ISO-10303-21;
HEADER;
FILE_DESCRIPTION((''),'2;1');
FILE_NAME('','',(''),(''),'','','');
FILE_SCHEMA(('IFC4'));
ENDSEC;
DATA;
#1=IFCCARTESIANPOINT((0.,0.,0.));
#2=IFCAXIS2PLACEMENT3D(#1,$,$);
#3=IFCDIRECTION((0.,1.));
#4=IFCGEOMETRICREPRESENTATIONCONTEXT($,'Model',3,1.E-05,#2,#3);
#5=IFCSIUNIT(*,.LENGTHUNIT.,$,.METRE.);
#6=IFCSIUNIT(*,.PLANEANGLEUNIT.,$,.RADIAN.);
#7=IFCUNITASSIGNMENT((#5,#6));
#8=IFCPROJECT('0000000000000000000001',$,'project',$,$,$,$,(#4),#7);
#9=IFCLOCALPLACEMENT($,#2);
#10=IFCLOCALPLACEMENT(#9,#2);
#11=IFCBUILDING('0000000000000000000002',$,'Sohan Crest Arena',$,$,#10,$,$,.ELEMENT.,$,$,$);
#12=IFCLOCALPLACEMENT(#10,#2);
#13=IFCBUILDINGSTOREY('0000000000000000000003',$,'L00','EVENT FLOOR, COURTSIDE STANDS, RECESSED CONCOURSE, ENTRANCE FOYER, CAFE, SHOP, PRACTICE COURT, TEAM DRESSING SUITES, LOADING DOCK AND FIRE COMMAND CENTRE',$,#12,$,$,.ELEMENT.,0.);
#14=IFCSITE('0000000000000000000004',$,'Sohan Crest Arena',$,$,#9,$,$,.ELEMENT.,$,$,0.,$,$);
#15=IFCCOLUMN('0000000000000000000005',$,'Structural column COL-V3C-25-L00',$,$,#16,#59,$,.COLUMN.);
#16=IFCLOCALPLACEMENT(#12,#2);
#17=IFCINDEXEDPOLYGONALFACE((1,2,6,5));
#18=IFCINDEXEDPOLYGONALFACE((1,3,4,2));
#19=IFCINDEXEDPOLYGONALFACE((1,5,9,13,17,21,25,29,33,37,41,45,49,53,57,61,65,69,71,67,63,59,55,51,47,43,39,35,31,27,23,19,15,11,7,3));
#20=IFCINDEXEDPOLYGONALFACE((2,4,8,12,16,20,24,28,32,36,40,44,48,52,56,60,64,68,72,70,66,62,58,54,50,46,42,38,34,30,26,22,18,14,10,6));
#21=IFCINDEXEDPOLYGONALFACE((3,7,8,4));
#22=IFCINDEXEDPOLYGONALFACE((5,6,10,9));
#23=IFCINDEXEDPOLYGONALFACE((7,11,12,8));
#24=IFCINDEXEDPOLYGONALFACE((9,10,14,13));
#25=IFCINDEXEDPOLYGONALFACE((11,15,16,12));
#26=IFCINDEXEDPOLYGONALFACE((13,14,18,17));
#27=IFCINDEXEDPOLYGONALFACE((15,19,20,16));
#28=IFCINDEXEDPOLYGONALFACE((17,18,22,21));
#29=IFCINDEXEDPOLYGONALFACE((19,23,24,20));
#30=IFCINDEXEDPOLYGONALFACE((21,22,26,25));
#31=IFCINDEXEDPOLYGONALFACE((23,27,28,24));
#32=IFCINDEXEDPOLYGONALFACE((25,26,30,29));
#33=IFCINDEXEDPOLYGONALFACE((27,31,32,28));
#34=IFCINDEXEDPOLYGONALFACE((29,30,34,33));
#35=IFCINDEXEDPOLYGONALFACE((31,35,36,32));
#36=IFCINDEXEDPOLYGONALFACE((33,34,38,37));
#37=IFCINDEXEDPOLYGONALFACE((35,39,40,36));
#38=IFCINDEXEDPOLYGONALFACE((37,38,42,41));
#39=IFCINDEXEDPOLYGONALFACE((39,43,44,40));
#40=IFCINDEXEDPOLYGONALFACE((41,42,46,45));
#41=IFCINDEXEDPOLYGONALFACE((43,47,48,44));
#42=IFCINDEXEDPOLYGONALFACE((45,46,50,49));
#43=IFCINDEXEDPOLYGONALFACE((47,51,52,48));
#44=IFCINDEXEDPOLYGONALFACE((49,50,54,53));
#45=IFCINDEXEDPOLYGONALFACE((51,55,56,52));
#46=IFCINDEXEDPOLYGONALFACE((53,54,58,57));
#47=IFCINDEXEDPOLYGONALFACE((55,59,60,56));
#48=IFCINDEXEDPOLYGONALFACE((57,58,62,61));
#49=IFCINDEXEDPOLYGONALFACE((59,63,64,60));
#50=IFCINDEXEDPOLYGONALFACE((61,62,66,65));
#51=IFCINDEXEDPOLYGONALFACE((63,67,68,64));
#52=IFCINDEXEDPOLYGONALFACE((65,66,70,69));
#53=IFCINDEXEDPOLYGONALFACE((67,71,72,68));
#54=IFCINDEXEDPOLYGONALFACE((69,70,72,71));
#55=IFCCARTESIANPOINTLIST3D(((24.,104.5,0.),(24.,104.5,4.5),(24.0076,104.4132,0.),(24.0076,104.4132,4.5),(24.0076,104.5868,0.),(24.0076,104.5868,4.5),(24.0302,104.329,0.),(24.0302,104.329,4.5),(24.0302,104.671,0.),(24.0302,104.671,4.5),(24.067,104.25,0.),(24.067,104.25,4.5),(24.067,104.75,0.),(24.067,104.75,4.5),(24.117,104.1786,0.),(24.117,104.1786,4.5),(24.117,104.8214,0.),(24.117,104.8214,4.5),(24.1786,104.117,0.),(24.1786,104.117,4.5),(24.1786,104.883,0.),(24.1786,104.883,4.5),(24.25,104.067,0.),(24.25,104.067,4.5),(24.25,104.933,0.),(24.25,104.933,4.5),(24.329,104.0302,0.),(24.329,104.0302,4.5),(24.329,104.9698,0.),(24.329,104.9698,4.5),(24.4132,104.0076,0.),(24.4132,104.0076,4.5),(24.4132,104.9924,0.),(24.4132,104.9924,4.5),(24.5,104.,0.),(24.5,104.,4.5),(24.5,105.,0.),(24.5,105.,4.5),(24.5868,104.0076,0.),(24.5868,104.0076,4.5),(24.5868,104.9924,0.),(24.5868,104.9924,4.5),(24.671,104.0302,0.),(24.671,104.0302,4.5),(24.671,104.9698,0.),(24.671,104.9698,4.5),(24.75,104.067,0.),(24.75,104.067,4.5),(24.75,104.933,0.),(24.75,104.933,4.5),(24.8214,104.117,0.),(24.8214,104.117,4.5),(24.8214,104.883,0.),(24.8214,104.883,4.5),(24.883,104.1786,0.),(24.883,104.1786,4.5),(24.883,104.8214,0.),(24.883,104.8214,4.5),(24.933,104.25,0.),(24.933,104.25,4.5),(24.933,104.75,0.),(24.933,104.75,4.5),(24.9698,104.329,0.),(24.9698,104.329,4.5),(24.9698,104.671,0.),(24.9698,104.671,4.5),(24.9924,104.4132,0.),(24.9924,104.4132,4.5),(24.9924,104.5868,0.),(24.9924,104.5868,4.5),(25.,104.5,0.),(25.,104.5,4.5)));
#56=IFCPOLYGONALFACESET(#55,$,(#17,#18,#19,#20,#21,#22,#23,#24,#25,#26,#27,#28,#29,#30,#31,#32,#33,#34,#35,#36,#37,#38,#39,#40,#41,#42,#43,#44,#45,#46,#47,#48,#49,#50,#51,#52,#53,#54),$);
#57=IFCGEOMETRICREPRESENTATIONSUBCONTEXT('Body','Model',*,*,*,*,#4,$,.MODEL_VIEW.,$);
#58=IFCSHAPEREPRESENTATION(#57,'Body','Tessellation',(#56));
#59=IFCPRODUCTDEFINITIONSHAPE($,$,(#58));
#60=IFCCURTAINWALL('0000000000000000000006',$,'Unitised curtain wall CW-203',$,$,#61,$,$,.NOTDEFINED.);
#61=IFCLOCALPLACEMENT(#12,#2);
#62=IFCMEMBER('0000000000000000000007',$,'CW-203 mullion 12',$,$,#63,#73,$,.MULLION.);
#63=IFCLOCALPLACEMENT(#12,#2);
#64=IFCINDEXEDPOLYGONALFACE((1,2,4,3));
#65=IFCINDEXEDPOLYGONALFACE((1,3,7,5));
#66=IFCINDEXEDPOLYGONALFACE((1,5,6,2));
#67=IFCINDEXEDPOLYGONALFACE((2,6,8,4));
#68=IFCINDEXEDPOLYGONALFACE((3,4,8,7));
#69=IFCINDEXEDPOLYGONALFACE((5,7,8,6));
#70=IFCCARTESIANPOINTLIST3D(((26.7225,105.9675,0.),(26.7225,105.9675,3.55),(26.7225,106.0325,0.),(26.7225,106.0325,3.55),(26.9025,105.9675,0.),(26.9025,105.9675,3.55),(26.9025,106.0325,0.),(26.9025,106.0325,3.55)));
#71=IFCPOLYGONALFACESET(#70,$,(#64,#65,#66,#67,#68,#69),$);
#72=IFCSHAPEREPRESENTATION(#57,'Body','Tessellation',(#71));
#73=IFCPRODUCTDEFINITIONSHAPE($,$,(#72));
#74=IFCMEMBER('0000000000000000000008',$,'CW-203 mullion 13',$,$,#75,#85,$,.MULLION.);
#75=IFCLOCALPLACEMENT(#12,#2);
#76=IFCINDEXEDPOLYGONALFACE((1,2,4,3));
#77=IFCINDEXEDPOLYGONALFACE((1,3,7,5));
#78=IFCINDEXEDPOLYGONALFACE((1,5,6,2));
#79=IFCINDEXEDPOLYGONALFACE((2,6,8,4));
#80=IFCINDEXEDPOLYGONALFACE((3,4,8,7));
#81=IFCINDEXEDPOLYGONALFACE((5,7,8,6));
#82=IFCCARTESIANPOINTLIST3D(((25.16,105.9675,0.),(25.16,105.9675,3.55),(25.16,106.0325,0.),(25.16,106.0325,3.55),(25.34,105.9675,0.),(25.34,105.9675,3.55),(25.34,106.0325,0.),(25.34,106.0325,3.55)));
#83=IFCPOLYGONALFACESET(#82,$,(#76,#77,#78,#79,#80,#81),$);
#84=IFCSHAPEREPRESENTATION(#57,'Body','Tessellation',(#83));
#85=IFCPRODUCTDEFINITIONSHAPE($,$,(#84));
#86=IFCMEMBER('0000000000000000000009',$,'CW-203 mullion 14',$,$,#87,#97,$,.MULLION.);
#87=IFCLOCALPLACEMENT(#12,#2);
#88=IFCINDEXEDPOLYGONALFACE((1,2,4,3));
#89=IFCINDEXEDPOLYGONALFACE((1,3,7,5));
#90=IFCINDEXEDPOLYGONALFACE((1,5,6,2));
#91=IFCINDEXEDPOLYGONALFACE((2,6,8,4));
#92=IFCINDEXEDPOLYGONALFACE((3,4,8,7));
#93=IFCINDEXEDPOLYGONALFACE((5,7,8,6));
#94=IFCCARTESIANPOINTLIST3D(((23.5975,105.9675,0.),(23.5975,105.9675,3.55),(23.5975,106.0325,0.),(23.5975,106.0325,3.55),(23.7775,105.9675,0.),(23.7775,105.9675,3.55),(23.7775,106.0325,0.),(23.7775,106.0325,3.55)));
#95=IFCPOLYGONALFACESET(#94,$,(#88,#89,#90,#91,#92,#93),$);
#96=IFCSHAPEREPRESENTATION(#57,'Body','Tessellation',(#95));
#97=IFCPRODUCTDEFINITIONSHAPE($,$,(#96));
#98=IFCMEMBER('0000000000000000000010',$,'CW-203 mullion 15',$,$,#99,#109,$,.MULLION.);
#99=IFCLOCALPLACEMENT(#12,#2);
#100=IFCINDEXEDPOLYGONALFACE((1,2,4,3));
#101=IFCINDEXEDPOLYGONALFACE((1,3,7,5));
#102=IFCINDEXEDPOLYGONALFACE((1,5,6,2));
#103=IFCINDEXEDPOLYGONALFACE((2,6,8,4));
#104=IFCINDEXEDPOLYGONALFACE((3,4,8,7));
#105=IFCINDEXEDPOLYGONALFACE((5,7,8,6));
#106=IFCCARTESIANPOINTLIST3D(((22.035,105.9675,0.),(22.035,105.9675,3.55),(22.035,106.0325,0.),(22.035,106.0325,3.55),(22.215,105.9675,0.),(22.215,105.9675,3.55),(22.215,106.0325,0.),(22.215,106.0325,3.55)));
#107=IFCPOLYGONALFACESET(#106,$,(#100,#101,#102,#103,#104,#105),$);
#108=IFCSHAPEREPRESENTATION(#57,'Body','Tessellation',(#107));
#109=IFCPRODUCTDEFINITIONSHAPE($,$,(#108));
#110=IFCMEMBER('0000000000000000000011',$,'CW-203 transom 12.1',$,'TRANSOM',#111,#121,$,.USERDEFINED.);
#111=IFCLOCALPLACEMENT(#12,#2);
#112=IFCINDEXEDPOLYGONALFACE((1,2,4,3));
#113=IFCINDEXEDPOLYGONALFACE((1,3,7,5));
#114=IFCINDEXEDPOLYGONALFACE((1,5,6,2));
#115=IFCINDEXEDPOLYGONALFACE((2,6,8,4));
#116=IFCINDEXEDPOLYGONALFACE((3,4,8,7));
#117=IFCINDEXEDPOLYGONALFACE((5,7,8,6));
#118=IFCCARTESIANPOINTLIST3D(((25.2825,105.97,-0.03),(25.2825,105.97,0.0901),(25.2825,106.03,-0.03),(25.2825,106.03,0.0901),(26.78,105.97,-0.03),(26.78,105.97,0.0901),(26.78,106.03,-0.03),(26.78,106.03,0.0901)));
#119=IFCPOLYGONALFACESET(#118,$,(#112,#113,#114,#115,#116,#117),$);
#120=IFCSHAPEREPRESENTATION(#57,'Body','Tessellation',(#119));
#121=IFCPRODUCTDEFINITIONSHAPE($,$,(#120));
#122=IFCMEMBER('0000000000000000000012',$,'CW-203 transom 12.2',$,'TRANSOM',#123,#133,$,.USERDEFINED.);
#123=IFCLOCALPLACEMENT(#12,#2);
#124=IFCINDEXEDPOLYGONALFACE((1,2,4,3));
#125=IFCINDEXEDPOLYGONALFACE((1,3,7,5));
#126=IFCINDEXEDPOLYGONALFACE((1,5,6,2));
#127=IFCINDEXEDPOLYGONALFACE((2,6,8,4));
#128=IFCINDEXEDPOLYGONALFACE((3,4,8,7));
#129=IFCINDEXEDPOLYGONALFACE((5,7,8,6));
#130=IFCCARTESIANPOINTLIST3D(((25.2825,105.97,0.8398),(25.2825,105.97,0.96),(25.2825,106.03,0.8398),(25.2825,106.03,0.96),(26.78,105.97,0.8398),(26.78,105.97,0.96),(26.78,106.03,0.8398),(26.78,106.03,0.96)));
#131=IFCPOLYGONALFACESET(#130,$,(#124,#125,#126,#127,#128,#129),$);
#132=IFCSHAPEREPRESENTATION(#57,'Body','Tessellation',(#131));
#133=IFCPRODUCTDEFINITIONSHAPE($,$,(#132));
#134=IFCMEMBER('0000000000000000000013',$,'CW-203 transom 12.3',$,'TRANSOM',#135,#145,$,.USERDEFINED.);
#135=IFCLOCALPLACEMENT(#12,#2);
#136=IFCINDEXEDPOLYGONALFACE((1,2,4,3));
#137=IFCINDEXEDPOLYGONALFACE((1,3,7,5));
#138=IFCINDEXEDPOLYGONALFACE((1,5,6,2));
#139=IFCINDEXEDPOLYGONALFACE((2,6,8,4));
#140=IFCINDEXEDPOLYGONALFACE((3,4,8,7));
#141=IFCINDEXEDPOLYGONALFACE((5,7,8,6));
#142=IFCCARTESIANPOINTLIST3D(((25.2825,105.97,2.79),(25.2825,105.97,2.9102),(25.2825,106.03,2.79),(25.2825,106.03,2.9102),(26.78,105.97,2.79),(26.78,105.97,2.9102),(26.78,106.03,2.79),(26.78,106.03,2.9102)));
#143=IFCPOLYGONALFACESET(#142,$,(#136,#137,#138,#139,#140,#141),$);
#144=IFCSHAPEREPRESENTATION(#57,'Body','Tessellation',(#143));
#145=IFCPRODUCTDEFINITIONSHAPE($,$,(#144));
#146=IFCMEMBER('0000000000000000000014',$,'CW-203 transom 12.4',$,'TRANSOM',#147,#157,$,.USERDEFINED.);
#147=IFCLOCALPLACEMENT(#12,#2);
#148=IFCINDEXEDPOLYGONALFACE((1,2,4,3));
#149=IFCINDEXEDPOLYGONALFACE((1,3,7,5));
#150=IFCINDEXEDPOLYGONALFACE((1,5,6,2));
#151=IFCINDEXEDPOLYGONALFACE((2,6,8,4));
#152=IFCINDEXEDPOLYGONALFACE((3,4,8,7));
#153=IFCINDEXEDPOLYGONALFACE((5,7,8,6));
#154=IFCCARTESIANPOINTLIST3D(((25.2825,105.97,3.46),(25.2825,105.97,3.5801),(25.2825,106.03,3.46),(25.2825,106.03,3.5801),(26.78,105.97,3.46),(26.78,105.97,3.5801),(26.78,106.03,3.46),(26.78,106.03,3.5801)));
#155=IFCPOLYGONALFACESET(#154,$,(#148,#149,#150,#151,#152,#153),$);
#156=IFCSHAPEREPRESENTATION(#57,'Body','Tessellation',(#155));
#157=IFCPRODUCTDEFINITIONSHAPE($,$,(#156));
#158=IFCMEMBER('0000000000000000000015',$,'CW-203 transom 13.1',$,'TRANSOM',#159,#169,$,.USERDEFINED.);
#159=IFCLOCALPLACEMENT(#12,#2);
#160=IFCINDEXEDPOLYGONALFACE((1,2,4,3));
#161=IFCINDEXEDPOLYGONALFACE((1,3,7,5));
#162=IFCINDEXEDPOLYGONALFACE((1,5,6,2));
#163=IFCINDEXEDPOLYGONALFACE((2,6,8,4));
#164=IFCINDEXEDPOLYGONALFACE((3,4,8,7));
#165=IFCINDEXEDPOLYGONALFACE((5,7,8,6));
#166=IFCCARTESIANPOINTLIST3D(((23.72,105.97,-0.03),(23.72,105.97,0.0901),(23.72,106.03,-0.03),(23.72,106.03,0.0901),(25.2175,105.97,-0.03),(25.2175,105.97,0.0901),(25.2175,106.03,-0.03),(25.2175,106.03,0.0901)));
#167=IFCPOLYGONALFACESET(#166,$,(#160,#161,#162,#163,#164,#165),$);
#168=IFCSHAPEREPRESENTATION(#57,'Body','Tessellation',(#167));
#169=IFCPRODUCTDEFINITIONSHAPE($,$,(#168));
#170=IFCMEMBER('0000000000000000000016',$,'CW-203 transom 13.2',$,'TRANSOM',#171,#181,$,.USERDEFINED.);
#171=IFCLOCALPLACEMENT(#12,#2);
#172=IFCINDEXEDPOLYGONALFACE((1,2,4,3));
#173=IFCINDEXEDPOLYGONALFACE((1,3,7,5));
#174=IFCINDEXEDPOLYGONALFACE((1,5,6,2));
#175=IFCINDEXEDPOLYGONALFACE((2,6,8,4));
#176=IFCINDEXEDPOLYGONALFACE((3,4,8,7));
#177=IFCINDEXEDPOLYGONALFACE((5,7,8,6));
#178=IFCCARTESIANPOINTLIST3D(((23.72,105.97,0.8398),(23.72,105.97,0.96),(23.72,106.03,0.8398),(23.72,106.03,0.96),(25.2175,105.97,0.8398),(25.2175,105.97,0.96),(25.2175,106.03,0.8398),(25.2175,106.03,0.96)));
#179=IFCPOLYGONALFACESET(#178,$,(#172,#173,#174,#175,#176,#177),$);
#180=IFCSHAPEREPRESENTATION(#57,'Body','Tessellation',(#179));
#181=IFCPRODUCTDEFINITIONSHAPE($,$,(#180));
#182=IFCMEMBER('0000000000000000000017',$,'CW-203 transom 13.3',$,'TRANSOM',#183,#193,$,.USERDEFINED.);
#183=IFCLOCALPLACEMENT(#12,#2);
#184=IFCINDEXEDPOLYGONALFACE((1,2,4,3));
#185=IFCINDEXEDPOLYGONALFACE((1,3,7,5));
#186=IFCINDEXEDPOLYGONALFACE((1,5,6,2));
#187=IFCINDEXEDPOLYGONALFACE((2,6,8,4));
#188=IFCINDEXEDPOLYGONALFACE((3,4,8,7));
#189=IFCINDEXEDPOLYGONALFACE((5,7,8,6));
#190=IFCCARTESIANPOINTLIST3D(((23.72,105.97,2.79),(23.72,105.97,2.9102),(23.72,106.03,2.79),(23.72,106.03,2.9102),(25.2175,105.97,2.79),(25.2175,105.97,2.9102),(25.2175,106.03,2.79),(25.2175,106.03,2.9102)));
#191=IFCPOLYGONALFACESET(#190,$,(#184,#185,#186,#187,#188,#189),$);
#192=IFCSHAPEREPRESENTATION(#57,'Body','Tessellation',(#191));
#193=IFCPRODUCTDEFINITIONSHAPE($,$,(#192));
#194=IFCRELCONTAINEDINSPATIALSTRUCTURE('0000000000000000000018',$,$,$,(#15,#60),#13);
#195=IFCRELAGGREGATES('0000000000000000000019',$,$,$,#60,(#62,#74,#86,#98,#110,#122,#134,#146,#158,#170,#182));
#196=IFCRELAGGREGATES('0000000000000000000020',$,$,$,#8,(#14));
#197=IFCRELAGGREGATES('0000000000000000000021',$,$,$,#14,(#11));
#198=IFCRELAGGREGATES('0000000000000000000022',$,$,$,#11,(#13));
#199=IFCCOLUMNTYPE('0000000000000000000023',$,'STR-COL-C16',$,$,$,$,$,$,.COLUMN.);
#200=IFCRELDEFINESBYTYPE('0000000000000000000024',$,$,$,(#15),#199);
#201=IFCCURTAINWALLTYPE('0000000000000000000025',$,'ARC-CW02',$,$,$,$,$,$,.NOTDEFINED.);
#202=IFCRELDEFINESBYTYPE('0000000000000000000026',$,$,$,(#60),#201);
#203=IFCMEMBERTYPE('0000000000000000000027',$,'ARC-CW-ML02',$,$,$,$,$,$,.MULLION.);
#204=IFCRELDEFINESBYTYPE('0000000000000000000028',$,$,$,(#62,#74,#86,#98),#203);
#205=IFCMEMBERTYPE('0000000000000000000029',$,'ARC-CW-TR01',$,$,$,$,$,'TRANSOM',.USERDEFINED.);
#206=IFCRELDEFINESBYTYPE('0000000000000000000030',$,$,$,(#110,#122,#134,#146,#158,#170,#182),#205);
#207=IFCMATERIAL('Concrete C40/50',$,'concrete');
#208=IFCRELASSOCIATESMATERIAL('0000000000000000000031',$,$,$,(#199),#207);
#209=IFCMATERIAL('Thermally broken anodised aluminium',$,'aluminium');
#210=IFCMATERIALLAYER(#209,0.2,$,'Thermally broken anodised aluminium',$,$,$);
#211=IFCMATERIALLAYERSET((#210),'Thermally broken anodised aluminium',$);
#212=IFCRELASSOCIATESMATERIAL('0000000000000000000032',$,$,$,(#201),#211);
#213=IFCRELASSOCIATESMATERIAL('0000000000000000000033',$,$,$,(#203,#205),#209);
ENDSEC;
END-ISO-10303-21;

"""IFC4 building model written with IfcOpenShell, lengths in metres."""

from ifc_helpers import new_model, si_unit, direction, frame, origin, origin_2d, place, context, subcontext, project, spatial, rectangle, circle, extrude, material, layer, layer_set, material_profile, profile_set, type_object, element, aggregate, save


model = new_model("IFC4")

# Units and contexts
model_context = context("Model", 3, precision=1e-05, world=origin(), true_north=direction((0.0, 1.0)))
body_context = subcontext(model_context, "Body", "Model", "MODEL_VIEW")
ifc_project = project(units=[si_unit("LENGTHUNIT", "METRE"), si_unit("PLANEANGLEUNIT", "RADIAN")], contexts=[model_context])

# Site, building, storey
site_placement = place(None, origin())
site = spatial("IfcSite", under=ifc_project, at=site_placement, Name="Sohan Crest Arena", CompositionType="ELEMENT", RefElevation=0.0)
building_placement = place(site_placement, origin())
building = spatial("IfcBuilding", under=site, at=building_placement, Name="Sohan Crest Arena", CompositionType="ELEMENT")
storey_placement = place(building_placement, origin())
storey = spatial("IfcBuildingStorey", under=building, at=storey_placement, Name="L00", Description="EVENT FLOOR, COURTSIDE STANDS, RECESSED CONCOURSE, ENTRANCE FOYER, CAFE, SHOP, PRACTICE COURT, TEAM DRESSING SUITES, LOADING DOCK AND FIRE COMMAND CENTRE", CompositionType="ELEMENT", Elevation=0.0)

# Column
ifc_material_1 = material(Name="Concrete C40/50", Category="concrete")
ifc_material_profile_1 = material_profile(ifc_material_1, circle(Radius=0.5, at=origin_2d()), Name="RC D1000")
ifc_profile_set_1 = profile_set([ifc_material_profile_1], Name="Concrete C40/50")
column_type = type_object("IfcColumnType", Name="STR-COL-C16", PredefinedType="COLUMN", material=ifc_profile_set_1)
column_placement = place(storey_placement, frame((24.5, 104.5, 0.0), z_axis=(0.0, 0.0, 1.0), x_axis=(1.0, 0.0, 0.0)))
element("IfcColumn", 1, at=column_placement, inside=storey, type_object=column_type, Name="Structural column COL-V3C-25-L00", PredefinedType="COLUMN", context=body_context, shape_type="SweptSolid", body=[
    extrude(circle(Radius=0.5, at=origin_2d()), origin(), (0.0, 0.0, 1.0), 4.5),
])

# Curtain wall, members
ifc_material_2 = material(Name="Thermally broken anodised aluminium", Category="aluminium")
ifc_layer_1 = layer(ifc_material_2, 0.2, Name="Thermally broken anodised aluminium")
ifc_layer_set_1 = layer_set([ifc_layer_1], Name="Thermally broken anodised aluminium")
curtain_wall_type = type_object("IfcCurtainWallType", Name="ARC-CW02", PredefinedType="NOTDEFINED", material=ifc_layer_set_1)
curtain_wall_placement = place(storey_placement, origin())
curtain_wall = element("IfcCurtainWall", 2, at=curtain_wall_placement, inside=storey, type_object=curtain_wall_type, Name="Unitised curtain wall CW-203", PredefinedType="NOTDEFINED")
ifc_material_profile_2 = material_profile(ifc_material_2, rectangle(XDim=0.0649, YDim=0.1799, at=origin_2d()), Name="ALU-MULL 65x180")
ifc_profile_set_2 = profile_set([ifc_material_profile_2], Name="Thermally broken anodised aluminium")
member_type_1 = type_object("IfcMemberType", Name="ARC-CW-ML02", PredefinedType="MULLION", material=ifc_profile_set_2)
member_1_placement = place(storey_placement, frame((26.8125, 106.0, 0.0), z_axis=(0.0, 0.0, 1.0), x_axis=(0.0, -1.0, 0.0)))
member_1 = element("IfcMember", 3, at=member_1_placement, type_object=member_type_1, Name="CW-203 mullion 12", PredefinedType="MULLION", context=body_context, shape_type="SweptSolid", body=[
    extrude(rectangle(XDim=0.0649, YDim=0.1799, at=origin_2d()), origin(), (0.0, 0.0, 1.0), 3.55),
])
member_2_placement = place(storey_placement, frame((25.25, 106.0, 0.0), z_axis=(0.0, 0.0, 1.0), x_axis=(0.0, -1.0, 0.0)))
member_2 = element("IfcMember", 4, at=member_2_placement, type_object=member_type_1, Name="CW-203 mullion 13", PredefinedType="MULLION", context=body_context, shape_type="SweptSolid", body=[
    extrude(rectangle(XDim=0.0649, YDim=0.1799, at=origin_2d()), origin(), (0.0, 0.0, 1.0), 3.55),
])
member_3_placement = place(storey_placement, frame((23.6875, 106.0, 0.0), z_axis=(0.0, 0.0, 1.0), x_axis=(0.0, -1.0, 0.0)))
member_3 = element("IfcMember", 5, at=member_3_placement, type_object=member_type_1, Name="CW-203 mullion 14", PredefinedType="MULLION", context=body_context, shape_type="SweptSolid", body=[
    extrude(rectangle(XDim=0.0649, YDim=0.1799, at=origin_2d()), origin(), (0.0, 0.0, 1.0), 3.55),
])
member_4_placement = place(storey_placement, frame((22.125, 106.0, 0.0), z_axis=(0.0, 0.0, 1.0), x_axis=(0.0, -1.0, 0.0)))
member_4 = element("IfcMember", 6, at=member_4_placement, type_object=member_type_1, Name="CW-203 mullion 15", PredefinedType="MULLION", context=body_context, shape_type="SweptSolid", body=[
    extrude(rectangle(XDim=0.0649, YDim=0.1799, at=origin_2d()), origin(), (0.0, 0.0, 1.0), 3.55),
])
ifc_material_profile_3 = material_profile(ifc_material_2, rectangle(XDim=0.0601, YDim=0.1201, at=origin_2d()), Name="ALU-TRAN 60x120")
ifc_profile_set_3 = profile_set([ifc_material_profile_3], Name="Thermally broken anodised aluminium")
member_type_2 = type_object("IfcMemberType", Name="ARC-CW-TR01", ElementType="TRANSOM", PredefinedType="USERDEFINED", material=ifc_profile_set_3)
member_5_placement = place(storey_placement, frame((26.78, 106.0, 0.03), z_axis=(-1.0, 0.0, 0.0), x_axis=(0.0, -1.0, 0.0)))
member_5 = element("IfcMember", 7, at=member_5_placement, type_object=member_type_2, Name="CW-203 transom 12.1", ObjectType="TRANSOM", PredefinedType="USERDEFINED", context=body_context, shape_type="SweptSolid", body=[
    extrude(rectangle(XDim=0.0601, YDim=0.1201, at=origin_2d()), origin(), (0.0, 0.0, 1.0), 1.4976),
])
member_6_placement = place(storey_placement, frame((26.78, 106.0, 0.8999), z_axis=(-1.0, 0.0, 0.0), x_axis=(0.0, -1.0, 0.0)))
member_6 = element("IfcMember", 8, at=member_6_placement, type_object=member_type_2, Name="CW-203 transom 12.2", ObjectType="TRANSOM", PredefinedType="USERDEFINED", context=body_context, shape_type="SweptSolid", body=[
    extrude(rectangle(XDim=0.0601, YDim=0.1201, at=origin_2d()), origin(), (0.0, 0.0, 1.0), 1.4976),
])
member_7_placement = place(storey_placement, frame((26.78, 106.0, 2.8501), z_axis=(-1.0, 0.0, 0.0), x_axis=(0.0, -1.0, 0.0)))
member_7 = element("IfcMember", 9, at=member_7_placement, type_object=member_type_2, Name="CW-203 transom 12.3", ObjectType="TRANSOM", PredefinedType="USERDEFINED", context=body_context, shape_type="SweptSolid", body=[
    extrude(rectangle(XDim=0.0601, YDim=0.1201, at=origin_2d()), origin(), (0.0, 0.0, 1.0), 1.4976),
])
member_8_placement = place(storey_placement, frame((26.78, 106.0, 3.52), z_axis=(-1.0, 0.0, 0.0), x_axis=(0.0, -1.0, 0.0)))
member_8 = element("IfcMember", 10, at=member_8_placement, type_object=member_type_2, Name="CW-203 transom 12.4", ObjectType="TRANSOM", PredefinedType="USERDEFINED", context=body_context, shape_type="SweptSolid", body=[
    extrude(rectangle(XDim=0.0601, YDim=0.1201, at=origin_2d()), origin(), (0.0, 0.0, 1.0), 1.4976),
])
member_9_placement = place(storey_placement, frame((25.2175, 106.0, 0.03), z_axis=(-1.0, 0.0, 0.0), x_axis=(0.0, -1.0, 0.0)))
member_9 = element("IfcMember", 11, at=member_9_placement, type_object=member_type_2, Name="CW-203 transom 13.1", ObjectType="TRANSOM", PredefinedType="USERDEFINED", context=body_context, shape_type="SweptSolid", body=[
    extrude(rectangle(XDim=0.0601, YDim=0.1201, at=origin_2d()), origin(), (0.0, 0.0, 1.0), 1.4976),
])
member_10_placement = place(storey_placement, frame((25.2175, 106.0, 0.8999), z_axis=(-1.0, 0.0, 0.0), x_axis=(0.0, -1.0, 0.0)))
member_10 = element("IfcMember", 12, at=member_10_placement, type_object=member_type_2, Name="CW-203 transom 13.2", ObjectType="TRANSOM", PredefinedType="USERDEFINED", context=body_context, shape_type="SweptSolid", body=[
    extrude(rectangle(XDim=0.0601, YDim=0.1201, at=origin_2d()), origin(), (0.0, 0.0, 1.0), 1.4976),
])
member_11_placement = place(storey_placement, frame((25.2175, 106.0, 2.8501), z_axis=(-1.0, 0.0, 0.0), x_axis=(0.0, -1.0, 0.0)))
member_11 = element("IfcMember", 13, at=member_11_placement, type_object=member_type_2, Name="CW-203 transom 13.3", ObjectType="TRANSOM", PredefinedType="USERDEFINED", context=body_context, shape_type="SweptSolid", body=[
    extrude(rectangle(XDim=0.0601, YDim=0.1201, at=origin_2d()), origin(), (0.0, 0.0, 1.0), 1.4976),
])

aggregate(curtain_wall, [member_1, member_2, member_3, member_4, member_5, member_6, member_7, member_8, member_9, member_10, member_11])

save(model, "model.ifc")
